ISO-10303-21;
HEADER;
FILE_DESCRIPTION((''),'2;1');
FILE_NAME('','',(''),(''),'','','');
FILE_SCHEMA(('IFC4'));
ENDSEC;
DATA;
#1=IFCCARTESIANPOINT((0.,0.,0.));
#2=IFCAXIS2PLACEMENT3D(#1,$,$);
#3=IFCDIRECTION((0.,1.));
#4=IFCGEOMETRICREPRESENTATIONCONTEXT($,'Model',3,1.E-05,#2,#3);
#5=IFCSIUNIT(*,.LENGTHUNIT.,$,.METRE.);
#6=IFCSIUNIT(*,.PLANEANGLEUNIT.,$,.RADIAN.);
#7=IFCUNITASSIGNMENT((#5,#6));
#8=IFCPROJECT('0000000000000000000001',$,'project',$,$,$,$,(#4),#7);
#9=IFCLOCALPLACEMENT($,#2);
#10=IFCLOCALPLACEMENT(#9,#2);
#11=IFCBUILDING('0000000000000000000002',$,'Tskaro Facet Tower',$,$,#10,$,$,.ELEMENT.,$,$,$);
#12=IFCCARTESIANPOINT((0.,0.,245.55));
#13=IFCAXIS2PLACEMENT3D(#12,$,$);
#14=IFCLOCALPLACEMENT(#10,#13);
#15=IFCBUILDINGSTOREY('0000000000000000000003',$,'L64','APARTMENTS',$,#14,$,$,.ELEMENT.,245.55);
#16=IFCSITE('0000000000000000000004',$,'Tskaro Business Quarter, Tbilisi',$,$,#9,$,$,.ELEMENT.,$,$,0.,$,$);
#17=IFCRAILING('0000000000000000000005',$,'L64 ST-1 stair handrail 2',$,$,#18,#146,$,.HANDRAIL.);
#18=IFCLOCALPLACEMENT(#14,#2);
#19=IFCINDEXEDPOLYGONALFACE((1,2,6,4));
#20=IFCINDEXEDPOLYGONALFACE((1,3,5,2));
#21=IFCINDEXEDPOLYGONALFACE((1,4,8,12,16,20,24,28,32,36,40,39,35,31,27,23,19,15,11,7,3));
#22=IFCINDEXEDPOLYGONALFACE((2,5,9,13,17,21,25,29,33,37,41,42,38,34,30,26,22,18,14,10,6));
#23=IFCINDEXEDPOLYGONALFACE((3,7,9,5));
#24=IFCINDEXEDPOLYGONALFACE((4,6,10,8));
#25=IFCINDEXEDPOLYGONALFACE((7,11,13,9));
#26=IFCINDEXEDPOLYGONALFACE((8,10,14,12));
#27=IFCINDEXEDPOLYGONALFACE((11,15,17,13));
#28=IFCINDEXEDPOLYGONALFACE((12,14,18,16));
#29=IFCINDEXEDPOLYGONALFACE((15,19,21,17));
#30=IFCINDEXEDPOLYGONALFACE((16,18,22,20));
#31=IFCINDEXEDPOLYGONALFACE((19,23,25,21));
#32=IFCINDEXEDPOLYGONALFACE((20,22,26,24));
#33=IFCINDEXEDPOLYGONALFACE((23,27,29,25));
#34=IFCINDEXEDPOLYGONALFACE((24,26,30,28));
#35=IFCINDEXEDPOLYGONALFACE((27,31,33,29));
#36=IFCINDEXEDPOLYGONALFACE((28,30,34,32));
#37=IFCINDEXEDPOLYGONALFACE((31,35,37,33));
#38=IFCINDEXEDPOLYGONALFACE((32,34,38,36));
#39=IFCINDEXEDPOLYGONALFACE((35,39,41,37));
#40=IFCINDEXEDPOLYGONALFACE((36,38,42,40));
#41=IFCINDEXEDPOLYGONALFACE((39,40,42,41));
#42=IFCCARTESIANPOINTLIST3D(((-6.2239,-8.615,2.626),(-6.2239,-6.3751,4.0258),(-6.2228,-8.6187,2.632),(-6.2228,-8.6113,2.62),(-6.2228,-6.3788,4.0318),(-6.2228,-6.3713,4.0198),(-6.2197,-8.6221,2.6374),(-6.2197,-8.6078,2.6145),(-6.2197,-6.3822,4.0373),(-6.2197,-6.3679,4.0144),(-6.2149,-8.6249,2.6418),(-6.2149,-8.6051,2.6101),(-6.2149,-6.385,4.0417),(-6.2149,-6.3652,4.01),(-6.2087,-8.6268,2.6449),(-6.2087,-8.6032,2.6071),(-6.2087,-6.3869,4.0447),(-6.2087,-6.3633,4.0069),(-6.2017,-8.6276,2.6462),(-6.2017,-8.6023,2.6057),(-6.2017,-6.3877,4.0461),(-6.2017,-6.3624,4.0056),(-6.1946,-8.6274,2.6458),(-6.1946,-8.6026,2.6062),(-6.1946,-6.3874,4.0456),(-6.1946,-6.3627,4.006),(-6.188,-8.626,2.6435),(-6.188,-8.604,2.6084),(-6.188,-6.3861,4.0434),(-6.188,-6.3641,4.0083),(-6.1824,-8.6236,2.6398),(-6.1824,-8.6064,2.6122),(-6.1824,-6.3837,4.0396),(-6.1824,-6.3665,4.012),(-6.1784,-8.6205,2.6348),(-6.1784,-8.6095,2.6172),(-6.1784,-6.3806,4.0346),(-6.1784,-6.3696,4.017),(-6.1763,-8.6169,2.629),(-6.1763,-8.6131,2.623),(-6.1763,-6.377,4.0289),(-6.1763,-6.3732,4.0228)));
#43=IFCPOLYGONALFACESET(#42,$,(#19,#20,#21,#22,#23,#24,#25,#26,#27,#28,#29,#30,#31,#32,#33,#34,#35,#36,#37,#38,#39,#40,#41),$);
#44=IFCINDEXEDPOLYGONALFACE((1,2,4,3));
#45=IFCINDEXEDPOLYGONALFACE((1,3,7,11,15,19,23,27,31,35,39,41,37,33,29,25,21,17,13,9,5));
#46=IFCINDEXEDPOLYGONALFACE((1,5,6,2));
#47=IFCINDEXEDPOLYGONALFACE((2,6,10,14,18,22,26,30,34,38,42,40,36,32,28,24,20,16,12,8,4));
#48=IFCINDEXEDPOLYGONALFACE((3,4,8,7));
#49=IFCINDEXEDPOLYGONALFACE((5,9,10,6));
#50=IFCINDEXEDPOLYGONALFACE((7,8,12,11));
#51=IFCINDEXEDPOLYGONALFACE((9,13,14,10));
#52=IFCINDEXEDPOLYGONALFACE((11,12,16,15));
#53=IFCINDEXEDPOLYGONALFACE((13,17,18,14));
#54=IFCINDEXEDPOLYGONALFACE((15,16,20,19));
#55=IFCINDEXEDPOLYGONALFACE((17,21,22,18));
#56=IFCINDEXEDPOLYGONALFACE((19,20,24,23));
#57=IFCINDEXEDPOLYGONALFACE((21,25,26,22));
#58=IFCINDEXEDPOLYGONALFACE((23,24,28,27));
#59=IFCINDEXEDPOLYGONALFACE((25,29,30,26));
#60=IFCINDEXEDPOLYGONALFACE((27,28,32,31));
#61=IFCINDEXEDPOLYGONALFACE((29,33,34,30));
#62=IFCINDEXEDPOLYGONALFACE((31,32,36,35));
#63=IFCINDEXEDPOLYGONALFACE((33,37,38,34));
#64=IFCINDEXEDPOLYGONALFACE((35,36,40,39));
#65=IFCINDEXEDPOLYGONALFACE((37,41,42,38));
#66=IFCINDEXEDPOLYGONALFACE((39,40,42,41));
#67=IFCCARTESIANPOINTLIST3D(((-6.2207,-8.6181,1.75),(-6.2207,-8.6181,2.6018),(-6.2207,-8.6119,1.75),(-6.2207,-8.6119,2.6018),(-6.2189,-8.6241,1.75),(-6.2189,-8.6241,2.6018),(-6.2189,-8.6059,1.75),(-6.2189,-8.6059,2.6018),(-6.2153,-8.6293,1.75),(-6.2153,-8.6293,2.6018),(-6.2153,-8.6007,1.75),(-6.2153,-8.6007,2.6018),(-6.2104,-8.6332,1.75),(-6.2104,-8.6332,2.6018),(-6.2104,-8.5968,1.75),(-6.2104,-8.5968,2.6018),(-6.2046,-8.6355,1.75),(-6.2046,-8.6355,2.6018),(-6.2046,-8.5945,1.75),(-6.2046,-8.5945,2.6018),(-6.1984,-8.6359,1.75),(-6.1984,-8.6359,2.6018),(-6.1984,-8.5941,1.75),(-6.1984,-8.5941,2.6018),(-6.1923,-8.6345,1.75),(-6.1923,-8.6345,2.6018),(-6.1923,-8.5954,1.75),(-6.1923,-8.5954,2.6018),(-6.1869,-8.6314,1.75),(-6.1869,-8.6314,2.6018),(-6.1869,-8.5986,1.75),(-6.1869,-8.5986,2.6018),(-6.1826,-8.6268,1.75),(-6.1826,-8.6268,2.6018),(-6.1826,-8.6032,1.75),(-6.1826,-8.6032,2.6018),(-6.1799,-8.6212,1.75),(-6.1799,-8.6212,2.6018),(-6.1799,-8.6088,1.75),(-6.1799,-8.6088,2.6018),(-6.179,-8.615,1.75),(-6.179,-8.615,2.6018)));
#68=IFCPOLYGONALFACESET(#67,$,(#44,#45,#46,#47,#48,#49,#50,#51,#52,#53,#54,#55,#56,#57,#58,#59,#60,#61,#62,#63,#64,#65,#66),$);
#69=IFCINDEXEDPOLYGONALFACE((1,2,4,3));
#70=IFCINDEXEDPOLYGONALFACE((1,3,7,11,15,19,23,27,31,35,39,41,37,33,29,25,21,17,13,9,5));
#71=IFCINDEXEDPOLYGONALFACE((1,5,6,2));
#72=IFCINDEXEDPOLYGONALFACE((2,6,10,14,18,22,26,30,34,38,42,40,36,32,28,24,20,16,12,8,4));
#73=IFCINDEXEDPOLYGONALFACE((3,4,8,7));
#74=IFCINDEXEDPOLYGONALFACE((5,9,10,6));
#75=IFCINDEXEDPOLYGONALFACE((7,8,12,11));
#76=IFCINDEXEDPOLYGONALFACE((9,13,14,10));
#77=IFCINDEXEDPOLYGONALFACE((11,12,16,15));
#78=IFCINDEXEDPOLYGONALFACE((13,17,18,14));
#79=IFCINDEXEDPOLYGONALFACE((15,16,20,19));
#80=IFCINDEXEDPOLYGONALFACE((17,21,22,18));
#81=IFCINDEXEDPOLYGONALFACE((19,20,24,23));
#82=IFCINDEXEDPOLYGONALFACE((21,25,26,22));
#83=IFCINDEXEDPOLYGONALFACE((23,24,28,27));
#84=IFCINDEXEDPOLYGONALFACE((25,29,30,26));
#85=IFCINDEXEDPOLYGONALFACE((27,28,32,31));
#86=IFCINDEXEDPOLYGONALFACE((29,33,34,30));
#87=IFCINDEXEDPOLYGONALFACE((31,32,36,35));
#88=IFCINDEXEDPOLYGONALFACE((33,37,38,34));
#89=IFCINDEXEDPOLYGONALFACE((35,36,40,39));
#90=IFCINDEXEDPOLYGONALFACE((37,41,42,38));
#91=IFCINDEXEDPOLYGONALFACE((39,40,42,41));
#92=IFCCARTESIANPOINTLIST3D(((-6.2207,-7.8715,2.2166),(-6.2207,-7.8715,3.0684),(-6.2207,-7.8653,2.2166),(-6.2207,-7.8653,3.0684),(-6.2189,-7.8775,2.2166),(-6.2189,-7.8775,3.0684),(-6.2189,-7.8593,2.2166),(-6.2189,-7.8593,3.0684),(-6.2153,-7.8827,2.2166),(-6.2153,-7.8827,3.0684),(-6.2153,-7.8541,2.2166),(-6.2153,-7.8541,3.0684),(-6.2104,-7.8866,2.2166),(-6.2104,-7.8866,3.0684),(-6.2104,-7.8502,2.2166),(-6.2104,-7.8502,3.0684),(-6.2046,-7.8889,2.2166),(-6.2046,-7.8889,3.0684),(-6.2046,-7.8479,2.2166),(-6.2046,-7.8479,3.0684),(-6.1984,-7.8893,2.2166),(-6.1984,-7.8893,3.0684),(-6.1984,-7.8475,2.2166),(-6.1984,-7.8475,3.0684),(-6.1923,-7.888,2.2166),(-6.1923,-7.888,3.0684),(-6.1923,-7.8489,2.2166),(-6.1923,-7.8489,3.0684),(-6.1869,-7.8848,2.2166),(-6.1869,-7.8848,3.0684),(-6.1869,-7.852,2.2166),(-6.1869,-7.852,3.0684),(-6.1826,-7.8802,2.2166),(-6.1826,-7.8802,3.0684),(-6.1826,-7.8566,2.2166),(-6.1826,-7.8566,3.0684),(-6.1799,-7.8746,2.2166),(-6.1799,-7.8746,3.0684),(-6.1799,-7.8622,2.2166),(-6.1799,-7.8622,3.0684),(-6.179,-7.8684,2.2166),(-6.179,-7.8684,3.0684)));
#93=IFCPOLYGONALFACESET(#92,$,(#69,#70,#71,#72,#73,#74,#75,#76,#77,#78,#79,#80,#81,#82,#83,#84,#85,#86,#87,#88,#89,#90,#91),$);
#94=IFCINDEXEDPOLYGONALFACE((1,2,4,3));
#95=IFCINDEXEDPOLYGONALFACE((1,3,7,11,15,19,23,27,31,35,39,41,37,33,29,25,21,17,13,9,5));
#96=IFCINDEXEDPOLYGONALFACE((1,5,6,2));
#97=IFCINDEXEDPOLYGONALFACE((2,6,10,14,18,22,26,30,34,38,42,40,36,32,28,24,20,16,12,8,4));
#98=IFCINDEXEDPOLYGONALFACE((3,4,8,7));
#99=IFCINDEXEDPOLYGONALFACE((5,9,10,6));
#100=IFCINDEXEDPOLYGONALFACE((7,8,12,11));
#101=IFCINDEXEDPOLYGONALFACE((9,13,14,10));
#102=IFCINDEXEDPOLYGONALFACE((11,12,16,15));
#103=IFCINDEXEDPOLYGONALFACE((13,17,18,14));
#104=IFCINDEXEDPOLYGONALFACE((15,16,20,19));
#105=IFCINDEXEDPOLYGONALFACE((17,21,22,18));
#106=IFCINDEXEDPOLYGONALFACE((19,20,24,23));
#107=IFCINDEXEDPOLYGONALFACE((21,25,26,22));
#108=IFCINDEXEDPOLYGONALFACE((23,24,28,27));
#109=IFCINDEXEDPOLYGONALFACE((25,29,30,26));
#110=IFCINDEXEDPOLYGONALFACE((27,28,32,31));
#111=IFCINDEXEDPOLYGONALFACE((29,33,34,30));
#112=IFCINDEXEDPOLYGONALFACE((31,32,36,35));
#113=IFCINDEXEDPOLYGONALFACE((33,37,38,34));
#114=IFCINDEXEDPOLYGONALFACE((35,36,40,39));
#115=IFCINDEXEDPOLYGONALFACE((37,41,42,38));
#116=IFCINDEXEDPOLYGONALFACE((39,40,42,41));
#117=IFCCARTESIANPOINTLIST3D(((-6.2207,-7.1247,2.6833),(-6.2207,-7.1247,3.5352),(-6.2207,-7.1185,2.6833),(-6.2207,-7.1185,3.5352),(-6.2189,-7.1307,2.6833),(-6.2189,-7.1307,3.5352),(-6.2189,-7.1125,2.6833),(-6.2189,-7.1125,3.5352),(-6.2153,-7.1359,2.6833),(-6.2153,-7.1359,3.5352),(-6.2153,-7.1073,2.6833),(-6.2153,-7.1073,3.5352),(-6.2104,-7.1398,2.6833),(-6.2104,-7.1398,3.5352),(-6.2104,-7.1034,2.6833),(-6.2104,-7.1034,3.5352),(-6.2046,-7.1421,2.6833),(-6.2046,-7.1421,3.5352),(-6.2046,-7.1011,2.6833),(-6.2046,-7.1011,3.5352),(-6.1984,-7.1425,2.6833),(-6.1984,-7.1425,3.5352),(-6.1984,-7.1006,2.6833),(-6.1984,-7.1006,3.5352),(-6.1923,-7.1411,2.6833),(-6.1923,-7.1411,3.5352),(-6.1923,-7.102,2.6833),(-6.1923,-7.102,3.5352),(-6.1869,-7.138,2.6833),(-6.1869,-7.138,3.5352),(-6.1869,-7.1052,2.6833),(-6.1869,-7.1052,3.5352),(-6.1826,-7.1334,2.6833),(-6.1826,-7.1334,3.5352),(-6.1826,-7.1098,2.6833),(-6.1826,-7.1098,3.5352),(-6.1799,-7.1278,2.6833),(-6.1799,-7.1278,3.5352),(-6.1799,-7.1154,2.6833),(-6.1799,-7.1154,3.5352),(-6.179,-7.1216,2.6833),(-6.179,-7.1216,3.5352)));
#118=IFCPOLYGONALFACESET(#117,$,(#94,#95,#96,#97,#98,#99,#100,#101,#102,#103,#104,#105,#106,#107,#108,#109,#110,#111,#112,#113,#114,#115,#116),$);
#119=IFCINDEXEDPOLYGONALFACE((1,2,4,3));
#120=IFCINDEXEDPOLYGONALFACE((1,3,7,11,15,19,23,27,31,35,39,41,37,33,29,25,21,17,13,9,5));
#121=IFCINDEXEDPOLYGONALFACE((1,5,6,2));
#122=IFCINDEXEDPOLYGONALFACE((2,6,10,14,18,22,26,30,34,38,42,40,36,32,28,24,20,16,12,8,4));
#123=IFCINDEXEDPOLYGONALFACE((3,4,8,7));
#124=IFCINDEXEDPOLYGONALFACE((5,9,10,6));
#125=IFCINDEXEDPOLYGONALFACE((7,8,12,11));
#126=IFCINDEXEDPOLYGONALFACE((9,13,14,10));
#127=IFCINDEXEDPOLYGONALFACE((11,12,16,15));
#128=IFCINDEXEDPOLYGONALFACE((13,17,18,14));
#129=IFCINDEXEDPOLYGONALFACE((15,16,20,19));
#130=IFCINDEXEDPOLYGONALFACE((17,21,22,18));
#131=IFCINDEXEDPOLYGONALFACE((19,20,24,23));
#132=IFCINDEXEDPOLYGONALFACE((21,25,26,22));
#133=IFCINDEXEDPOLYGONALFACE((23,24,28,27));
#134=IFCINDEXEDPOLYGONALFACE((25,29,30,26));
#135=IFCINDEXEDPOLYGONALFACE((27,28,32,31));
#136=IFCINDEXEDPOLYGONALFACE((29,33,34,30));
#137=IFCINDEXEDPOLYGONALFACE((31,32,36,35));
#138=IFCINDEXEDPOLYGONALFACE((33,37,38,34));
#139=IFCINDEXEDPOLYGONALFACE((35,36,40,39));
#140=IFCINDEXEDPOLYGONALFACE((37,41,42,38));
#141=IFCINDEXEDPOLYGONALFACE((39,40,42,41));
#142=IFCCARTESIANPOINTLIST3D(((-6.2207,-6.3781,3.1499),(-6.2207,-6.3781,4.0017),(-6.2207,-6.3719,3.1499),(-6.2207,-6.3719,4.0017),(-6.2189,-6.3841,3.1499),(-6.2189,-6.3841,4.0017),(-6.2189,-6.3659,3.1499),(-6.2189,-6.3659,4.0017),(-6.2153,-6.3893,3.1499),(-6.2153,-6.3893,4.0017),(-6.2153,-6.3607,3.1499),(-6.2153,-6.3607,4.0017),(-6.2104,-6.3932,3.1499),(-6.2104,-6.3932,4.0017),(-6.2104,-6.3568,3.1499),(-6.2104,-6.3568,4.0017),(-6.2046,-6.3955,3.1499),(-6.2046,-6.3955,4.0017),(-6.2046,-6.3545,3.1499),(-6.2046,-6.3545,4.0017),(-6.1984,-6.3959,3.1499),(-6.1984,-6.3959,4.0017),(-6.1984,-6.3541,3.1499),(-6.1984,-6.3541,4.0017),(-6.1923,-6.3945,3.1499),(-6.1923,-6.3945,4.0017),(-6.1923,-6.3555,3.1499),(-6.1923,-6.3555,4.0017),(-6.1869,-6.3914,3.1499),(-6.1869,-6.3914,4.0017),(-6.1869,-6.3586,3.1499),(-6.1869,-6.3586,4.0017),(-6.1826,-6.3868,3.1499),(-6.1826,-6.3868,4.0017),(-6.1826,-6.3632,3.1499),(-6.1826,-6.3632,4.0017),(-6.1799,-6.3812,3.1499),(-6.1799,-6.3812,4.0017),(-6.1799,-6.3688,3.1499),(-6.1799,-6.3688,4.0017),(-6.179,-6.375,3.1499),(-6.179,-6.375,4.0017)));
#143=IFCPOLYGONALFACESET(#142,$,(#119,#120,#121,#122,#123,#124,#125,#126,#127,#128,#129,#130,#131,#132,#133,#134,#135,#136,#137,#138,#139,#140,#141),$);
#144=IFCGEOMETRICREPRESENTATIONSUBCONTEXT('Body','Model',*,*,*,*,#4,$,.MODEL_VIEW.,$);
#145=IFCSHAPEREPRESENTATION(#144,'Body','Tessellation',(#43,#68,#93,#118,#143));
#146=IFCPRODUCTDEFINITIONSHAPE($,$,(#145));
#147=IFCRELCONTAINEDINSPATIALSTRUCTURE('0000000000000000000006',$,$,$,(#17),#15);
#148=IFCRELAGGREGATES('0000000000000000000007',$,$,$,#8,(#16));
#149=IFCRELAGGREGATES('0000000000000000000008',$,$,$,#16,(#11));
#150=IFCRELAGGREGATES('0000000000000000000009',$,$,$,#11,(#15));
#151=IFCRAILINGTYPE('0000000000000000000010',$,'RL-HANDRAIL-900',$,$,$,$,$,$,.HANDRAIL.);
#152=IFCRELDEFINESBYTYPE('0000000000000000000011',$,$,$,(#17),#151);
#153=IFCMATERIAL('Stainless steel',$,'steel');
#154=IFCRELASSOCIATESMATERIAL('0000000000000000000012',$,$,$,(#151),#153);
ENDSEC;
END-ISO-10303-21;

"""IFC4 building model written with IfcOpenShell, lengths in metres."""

from ifc_helpers import new_model, si_unit, direction, frame, origin, origin_2d, place, context, subcontext, project, spatial, circle, extrude, material, type_object, element, save


model = new_model("IFC4")

# Units and contexts
model_context = context("Model", 3, precision=1e-05, world=origin(), true_north=direction((0.0, 1.0)))
body_context = subcontext(model_context, "Body", "Model", "MODEL_VIEW")
ifc_project = project(units=[si_unit("LENGTHUNIT", "METRE"), si_unit("PLANEANGLEUNIT", "RADIAN")], contexts=[model_context])

# Site, building, storey
site_placement = place(None, origin())
site = spatial("IfcSite", under=ifc_project, at=site_placement, Name="Tskaro Business Quarter, Tbilisi", CompositionType="ELEMENT", RefElevation=0.0)
building_placement = place(site_placement, origin())
building = spatial("IfcBuilding", under=site, at=building_placement, Name="Tskaro Facet Tower", CompositionType="ELEMENT")
storey_placement = place(building_placement, frame((0.0, 0.0, 245.55)))
storey = spatial("IfcBuildingStorey", under=building, at=storey_placement, Name="L64", Description="APARTMENTS", CompositionType="ELEMENT", Elevation=245.55)

# Shared definitions
ifc_material_1 = material(Name="Stainless steel", Category="steel")

# Railing
railing_type_1 = type_object("IfcRailingType", Name="RL-HANDRAIL-900", PredefinedType="HANDRAIL", material=ifc_material_1)
railing_1_placement = place(storey_placement, frame((-6.2, -8.615, 1.75)))
element("IfcRailing", 1, at=railing_1_placement, inside=storey, type_object=railing_type_1, Name="L64 ST-1 stair handrail 2", PredefinedType="HANDRAIL", context=body_context, shape_type="SweptSolid", body=[
    extrude(circle(Radius=0.0239, at=origin_2d()), frame((0.0, 0.0, 0.876), z_axis=(0.0, 0.848014, 0.529974), x_axis=(-1.0, 0.0, 0.0)), (0.0, 0.0, 1.0), 2.6414),
    extrude(circle(Radius=0.021, at=origin_2d()), origin(), (0.0, 0.0, 1.0), 0.8518),
    extrude(circle(Radius=0.021, at=origin_2d()), frame((0.0, 0.7466, 0.4666)), (0.0, 0.0, 1.0), 0.8518),
    extrude(circle(Radius=0.021, at=origin_2d()), frame((0.0, 1.4934, 0.9333)), (0.0, 0.0, 1.0), 0.8518),
    extrude(circle(Radius=0.021, at=origin_2d()), frame((0.0, 2.24, 1.3999)), (0.0, 0.0, 1.0), 0.8518),
])

save(model, "model.ifc")
